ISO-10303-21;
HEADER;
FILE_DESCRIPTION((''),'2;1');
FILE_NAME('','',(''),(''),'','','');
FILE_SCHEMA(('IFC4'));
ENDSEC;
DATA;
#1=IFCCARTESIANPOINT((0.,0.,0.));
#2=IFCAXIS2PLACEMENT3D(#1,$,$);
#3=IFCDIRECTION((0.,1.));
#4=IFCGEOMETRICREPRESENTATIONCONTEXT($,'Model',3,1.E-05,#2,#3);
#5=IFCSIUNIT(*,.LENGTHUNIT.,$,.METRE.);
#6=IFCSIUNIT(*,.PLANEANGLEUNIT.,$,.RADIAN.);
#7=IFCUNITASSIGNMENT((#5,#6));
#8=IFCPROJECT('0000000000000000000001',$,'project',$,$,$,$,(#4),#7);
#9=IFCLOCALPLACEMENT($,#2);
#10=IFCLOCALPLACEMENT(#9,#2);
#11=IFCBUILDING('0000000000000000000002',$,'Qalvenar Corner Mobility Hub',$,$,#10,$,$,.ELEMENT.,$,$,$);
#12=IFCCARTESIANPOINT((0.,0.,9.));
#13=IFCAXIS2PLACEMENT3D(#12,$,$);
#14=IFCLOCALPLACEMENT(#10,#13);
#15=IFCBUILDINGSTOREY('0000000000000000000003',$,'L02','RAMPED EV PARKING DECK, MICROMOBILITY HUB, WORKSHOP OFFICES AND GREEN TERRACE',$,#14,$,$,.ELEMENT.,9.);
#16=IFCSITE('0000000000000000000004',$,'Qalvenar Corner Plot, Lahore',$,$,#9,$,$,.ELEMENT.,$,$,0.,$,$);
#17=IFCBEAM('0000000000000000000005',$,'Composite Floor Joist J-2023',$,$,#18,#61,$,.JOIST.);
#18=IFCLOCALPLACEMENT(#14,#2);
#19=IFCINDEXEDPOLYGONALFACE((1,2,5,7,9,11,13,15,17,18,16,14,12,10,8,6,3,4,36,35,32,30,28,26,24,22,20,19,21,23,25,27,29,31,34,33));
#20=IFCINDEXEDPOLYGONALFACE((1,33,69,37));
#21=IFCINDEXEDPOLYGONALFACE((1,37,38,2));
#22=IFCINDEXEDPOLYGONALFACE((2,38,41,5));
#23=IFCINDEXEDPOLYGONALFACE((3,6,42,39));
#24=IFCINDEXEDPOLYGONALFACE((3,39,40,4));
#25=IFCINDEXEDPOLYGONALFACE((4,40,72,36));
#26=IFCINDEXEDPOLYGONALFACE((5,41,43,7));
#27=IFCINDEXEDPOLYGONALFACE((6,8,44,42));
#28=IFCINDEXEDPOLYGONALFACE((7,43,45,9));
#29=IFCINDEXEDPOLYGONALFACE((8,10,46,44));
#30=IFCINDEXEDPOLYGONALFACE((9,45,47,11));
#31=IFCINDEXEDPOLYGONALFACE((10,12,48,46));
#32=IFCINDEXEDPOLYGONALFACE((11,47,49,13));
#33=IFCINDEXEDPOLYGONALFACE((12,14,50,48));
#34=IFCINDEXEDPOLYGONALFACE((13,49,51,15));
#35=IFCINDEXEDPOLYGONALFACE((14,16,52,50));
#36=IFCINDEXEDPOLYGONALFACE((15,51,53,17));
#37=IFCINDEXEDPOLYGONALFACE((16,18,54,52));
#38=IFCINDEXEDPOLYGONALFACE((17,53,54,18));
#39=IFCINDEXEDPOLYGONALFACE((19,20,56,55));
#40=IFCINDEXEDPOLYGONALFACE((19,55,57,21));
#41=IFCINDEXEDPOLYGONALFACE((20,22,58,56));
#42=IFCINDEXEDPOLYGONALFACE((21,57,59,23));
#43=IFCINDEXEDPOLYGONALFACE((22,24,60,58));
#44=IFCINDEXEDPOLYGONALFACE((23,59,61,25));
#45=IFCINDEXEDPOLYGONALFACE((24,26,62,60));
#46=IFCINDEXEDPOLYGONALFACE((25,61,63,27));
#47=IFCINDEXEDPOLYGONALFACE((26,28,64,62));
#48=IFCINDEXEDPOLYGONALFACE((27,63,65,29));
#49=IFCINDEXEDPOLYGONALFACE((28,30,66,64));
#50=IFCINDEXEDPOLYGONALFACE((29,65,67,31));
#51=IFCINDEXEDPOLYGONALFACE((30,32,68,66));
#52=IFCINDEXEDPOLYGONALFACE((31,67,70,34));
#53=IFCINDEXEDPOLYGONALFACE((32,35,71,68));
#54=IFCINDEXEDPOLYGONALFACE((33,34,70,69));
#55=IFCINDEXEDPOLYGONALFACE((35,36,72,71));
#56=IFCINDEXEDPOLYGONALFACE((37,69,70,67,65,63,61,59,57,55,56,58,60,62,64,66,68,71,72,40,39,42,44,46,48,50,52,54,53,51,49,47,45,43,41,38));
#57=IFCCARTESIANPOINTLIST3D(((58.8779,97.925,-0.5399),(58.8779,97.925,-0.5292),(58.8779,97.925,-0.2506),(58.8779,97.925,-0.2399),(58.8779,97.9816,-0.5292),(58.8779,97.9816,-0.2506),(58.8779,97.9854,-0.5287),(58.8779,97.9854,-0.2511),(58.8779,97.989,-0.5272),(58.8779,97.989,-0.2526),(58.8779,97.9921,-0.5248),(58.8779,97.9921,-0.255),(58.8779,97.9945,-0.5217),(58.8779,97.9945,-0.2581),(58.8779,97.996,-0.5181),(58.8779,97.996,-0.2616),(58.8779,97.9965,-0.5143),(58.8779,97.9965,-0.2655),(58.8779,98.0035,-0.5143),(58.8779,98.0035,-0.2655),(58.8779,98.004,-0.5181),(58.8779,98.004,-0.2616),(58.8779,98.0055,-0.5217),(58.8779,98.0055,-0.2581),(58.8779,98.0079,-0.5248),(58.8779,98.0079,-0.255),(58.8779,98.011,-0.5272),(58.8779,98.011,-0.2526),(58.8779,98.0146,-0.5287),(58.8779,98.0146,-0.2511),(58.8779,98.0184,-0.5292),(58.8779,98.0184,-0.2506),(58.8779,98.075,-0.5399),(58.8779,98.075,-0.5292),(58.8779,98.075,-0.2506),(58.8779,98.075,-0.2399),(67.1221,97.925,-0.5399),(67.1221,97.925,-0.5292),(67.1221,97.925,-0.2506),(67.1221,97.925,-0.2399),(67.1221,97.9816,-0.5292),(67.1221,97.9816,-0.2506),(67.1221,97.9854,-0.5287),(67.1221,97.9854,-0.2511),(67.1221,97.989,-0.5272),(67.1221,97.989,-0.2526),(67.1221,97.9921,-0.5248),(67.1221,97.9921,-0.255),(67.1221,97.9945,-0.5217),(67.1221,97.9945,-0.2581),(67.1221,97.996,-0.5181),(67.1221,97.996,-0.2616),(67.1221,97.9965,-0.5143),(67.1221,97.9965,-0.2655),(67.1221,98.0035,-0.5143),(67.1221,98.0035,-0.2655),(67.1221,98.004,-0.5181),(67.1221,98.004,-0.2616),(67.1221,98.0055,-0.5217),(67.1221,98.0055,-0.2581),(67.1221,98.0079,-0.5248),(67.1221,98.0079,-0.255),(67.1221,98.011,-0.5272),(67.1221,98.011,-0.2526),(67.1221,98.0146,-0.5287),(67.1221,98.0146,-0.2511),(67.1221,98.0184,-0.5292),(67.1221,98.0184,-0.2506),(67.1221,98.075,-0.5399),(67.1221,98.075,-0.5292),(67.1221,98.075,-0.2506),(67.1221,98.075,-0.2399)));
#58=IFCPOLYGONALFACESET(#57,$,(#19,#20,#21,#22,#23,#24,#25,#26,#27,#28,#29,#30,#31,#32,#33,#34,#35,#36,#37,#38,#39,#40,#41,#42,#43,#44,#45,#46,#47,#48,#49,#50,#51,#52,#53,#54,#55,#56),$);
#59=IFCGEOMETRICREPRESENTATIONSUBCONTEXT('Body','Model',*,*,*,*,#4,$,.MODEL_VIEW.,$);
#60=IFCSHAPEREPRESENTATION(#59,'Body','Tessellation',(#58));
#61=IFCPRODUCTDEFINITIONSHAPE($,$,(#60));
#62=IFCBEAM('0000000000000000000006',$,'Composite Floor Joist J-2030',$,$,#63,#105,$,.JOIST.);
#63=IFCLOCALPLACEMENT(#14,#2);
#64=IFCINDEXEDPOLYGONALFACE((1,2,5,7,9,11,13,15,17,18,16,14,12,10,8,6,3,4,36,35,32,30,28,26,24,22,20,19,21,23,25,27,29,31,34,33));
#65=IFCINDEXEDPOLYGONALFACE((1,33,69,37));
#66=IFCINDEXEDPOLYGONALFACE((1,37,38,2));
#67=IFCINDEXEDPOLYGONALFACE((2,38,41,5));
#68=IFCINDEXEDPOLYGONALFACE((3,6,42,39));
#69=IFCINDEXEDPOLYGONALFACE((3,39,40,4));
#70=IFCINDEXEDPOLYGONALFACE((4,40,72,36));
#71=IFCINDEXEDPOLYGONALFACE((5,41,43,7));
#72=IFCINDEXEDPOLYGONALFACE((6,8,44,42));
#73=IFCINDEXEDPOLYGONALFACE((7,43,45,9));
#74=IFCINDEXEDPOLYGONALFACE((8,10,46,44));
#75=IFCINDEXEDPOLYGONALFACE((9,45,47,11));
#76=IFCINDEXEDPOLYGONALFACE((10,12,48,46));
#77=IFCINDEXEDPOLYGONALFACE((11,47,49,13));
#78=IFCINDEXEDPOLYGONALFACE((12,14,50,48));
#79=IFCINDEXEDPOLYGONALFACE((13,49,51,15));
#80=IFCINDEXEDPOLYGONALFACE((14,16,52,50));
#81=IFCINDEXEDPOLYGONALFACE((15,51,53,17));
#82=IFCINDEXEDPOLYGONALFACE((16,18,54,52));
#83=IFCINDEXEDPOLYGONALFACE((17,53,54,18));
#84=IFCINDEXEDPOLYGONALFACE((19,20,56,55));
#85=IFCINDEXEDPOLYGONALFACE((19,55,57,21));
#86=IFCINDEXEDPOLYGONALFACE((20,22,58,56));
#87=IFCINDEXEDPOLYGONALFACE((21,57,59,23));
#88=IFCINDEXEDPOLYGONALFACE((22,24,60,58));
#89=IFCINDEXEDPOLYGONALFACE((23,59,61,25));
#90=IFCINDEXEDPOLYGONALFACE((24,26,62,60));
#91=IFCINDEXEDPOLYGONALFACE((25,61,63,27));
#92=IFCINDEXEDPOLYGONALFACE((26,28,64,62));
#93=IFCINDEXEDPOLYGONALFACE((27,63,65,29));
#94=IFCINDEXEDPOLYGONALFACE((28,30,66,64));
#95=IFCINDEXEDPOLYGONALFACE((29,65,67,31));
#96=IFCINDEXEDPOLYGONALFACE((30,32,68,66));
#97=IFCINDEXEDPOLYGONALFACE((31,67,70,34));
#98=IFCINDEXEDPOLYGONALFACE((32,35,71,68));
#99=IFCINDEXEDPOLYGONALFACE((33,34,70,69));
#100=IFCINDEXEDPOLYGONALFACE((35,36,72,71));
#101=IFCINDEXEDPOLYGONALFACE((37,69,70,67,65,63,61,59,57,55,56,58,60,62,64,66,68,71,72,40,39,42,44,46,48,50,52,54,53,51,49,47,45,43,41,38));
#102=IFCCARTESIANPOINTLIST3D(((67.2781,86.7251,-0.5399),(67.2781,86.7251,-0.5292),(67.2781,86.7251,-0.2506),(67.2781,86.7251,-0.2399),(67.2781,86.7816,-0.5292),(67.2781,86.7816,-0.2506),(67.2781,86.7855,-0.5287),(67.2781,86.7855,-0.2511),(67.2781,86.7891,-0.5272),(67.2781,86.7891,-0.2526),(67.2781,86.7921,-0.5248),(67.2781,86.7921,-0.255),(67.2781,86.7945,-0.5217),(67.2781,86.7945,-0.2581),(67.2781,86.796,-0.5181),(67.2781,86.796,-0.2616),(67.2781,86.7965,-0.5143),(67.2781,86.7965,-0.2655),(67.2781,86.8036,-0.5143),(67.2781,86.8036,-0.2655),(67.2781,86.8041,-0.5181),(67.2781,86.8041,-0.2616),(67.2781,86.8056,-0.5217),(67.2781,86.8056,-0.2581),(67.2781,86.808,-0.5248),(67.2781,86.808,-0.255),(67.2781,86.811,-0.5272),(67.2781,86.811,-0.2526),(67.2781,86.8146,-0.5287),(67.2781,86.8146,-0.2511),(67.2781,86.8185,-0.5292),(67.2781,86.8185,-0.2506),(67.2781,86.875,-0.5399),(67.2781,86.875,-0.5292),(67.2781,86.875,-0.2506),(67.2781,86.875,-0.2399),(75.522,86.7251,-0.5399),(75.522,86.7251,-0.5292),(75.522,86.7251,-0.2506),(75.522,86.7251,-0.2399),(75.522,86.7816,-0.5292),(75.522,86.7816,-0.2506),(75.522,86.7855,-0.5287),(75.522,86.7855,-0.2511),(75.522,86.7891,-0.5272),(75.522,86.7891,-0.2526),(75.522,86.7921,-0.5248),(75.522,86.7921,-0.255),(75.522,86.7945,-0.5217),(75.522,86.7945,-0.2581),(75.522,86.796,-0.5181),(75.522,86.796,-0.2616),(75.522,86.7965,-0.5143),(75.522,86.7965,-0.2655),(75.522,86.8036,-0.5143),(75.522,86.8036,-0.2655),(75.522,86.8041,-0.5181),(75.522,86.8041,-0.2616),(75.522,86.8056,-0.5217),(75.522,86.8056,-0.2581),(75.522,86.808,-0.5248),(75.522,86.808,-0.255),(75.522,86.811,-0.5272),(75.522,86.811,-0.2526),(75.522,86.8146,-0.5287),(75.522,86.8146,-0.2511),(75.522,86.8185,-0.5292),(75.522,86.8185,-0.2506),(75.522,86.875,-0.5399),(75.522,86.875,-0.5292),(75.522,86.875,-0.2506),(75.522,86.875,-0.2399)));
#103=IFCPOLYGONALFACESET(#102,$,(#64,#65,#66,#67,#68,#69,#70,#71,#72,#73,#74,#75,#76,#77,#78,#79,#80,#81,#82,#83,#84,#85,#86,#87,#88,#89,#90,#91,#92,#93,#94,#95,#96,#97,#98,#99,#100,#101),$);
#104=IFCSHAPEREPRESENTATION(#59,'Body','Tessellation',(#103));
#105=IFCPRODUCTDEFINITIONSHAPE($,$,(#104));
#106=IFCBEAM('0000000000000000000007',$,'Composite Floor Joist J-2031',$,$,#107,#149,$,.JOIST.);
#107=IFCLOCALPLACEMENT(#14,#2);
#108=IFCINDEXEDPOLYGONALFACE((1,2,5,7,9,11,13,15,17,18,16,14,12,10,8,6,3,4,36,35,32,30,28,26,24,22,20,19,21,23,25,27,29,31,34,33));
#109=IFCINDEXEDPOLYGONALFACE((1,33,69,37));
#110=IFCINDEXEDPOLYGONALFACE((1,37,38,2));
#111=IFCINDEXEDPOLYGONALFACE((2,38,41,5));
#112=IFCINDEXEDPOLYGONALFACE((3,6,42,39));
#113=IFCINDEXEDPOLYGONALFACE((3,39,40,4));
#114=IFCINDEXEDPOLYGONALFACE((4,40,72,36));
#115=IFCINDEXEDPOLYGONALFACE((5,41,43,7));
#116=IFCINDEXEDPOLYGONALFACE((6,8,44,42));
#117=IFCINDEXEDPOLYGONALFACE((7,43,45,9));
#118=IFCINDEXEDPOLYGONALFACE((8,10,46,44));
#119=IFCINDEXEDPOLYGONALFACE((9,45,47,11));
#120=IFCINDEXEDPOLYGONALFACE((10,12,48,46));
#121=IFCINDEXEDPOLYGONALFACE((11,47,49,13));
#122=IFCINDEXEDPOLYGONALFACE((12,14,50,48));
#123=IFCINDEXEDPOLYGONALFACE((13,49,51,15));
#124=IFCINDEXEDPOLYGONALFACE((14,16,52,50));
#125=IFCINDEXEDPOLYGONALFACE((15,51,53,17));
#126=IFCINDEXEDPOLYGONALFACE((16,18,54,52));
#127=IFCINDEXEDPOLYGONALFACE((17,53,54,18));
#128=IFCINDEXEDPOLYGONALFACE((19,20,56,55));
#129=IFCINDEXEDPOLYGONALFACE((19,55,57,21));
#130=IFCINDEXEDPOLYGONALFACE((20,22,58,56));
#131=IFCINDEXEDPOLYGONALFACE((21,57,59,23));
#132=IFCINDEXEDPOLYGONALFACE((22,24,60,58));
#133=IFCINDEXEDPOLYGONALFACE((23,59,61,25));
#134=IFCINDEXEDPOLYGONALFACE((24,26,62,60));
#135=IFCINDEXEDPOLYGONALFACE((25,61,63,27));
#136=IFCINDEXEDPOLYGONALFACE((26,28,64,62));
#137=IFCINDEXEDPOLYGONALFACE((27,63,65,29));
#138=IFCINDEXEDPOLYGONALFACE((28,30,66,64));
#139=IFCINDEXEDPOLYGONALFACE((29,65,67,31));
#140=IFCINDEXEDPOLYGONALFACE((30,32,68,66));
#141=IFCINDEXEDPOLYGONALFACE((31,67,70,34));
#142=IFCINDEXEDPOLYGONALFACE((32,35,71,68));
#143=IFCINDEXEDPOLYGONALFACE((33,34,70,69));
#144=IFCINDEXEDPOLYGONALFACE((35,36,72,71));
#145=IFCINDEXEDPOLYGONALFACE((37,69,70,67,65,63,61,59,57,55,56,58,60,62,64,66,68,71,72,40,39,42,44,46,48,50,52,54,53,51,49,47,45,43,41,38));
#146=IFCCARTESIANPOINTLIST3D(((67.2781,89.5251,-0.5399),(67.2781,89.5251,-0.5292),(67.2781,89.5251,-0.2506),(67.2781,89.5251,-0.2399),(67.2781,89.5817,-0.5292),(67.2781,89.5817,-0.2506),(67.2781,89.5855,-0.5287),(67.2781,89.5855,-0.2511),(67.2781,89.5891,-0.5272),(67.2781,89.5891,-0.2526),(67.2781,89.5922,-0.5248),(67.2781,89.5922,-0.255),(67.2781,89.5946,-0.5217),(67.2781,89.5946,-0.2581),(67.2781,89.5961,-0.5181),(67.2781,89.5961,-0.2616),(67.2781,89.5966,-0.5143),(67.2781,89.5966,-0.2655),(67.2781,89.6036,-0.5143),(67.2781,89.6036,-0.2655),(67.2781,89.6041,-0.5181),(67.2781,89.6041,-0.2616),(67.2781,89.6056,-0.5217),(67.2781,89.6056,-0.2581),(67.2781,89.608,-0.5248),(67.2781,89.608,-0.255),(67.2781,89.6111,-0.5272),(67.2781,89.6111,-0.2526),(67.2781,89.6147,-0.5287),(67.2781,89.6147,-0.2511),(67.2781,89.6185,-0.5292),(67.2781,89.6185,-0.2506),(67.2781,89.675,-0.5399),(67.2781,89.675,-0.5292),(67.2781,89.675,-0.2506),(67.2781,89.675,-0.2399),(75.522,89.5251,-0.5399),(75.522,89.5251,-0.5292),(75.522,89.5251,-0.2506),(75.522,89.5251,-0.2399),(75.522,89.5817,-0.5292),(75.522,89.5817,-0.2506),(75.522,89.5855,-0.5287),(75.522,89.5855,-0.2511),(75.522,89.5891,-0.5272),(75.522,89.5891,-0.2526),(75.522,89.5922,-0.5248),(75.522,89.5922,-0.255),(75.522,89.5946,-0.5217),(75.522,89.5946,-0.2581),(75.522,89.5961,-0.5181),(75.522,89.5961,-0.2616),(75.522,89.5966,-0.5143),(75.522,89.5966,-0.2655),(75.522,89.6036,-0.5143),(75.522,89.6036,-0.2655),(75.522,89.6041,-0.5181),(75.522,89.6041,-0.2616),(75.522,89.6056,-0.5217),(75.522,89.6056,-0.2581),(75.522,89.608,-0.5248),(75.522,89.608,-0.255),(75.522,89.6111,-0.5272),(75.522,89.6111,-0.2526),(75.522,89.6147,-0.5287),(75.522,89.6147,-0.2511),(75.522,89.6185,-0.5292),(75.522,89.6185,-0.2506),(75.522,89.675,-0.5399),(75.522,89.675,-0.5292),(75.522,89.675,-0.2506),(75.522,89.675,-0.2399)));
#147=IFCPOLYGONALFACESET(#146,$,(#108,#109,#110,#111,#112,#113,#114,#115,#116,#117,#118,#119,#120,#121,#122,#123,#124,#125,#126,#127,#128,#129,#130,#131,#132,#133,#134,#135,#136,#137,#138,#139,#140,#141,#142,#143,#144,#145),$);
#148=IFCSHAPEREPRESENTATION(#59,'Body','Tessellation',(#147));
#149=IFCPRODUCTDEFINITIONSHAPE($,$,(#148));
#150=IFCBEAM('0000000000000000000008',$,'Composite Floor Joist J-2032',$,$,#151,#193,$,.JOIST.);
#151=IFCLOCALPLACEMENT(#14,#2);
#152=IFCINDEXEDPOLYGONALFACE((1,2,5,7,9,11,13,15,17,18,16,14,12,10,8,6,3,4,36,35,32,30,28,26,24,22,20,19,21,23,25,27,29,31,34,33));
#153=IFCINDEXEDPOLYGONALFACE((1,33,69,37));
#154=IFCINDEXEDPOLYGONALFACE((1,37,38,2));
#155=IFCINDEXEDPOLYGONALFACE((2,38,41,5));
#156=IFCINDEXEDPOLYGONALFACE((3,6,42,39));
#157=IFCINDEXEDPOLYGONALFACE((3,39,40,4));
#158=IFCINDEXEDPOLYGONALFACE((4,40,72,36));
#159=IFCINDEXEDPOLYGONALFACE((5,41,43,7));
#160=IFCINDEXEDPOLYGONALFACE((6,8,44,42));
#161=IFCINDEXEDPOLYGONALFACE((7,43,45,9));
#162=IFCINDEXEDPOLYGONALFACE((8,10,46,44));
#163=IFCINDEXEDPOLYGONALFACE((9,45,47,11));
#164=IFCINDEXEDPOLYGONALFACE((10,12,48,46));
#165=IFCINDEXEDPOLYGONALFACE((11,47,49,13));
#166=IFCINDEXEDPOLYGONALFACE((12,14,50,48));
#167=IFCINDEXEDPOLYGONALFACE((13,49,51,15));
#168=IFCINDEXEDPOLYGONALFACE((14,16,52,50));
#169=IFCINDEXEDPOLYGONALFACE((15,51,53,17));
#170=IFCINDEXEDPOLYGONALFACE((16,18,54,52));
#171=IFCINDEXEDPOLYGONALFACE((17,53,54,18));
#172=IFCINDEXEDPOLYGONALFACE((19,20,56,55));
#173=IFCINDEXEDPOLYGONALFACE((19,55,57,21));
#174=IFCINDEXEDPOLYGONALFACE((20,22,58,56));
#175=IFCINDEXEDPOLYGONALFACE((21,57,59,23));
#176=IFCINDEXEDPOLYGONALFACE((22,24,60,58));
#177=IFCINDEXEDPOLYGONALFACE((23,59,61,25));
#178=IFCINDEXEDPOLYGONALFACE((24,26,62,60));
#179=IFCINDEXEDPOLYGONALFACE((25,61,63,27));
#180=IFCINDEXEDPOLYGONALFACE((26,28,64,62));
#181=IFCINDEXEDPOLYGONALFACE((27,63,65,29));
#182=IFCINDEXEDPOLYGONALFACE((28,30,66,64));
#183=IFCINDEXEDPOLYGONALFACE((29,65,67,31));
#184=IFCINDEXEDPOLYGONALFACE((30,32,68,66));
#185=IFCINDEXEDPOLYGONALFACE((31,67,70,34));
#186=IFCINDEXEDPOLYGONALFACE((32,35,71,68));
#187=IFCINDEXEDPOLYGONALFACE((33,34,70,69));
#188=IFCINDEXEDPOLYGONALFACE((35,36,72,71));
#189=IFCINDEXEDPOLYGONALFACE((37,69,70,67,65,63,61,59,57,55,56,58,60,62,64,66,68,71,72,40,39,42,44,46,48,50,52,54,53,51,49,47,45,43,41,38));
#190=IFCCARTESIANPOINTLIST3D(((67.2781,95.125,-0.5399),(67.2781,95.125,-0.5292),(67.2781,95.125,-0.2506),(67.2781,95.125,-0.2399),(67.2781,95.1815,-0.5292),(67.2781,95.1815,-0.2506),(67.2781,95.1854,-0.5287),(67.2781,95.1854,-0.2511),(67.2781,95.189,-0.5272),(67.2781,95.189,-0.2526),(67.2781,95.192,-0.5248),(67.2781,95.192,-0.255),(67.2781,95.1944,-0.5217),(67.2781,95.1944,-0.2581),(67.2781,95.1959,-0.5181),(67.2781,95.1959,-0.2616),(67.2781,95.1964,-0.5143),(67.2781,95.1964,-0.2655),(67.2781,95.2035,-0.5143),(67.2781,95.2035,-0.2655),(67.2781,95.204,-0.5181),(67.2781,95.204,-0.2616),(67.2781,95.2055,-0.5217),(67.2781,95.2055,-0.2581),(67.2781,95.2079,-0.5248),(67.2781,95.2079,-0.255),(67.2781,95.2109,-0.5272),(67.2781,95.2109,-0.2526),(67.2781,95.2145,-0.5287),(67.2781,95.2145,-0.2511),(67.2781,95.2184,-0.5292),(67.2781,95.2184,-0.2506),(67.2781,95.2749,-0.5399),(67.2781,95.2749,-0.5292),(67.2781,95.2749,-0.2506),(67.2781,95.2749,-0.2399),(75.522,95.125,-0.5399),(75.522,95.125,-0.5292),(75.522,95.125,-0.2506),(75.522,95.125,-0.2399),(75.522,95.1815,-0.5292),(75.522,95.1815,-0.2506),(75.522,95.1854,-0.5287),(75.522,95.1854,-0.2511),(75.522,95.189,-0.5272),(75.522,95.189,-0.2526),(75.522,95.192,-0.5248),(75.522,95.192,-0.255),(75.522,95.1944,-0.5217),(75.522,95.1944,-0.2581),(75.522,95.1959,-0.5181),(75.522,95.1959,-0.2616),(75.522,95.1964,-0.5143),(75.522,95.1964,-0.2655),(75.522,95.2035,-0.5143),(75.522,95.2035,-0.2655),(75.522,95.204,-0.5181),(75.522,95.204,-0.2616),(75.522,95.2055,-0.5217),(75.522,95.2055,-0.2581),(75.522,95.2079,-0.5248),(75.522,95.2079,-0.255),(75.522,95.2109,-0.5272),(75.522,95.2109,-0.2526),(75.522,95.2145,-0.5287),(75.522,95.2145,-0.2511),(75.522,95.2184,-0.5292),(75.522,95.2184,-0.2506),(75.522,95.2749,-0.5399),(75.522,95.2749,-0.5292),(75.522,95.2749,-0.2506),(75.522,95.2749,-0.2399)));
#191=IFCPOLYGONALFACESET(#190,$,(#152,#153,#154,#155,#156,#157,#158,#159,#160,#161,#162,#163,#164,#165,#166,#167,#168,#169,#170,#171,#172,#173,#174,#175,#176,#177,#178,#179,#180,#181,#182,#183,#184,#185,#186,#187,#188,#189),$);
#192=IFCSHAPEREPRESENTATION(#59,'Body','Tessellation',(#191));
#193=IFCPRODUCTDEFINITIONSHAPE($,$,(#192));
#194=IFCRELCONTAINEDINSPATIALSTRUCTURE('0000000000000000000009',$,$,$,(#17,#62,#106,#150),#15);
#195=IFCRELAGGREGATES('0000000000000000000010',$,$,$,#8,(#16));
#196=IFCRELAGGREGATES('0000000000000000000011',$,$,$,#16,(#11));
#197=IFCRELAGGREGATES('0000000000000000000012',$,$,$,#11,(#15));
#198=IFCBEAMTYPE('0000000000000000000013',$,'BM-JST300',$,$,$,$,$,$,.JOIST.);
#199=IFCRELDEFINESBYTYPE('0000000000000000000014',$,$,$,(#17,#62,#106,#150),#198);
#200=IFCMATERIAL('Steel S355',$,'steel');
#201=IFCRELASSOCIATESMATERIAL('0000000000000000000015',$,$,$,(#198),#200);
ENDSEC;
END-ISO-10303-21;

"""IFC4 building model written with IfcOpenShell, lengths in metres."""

from ifc_helpers import new_model, si_unit, direction, frame, origin, origin_2d, place, context, subcontext, project, spatial, i_section, extrude, material, material_profile, profile_set, type_object, element, save


model = new_model("IFC4")

# Units and contexts
model_context = context("Model", 3, precision=1e-05, world=origin(), true_north=direction((0.0, 1.0)))
body_context = subcontext(model_context, "Body", "Model", "MODEL_VIEW")
ifc_project = project(units=[si_unit("LENGTHUNIT", "METRE"), si_unit("PLANEANGLEUNIT", "RADIAN")], contexts=[model_context])

# Site, building, storey
site_placement = place(None, origin())
site = spatial("IfcSite", under=ifc_project, at=site_placement, Name="Qalvenar Corner Plot, Lahore", CompositionType="ELEMENT", RefElevation=0.0)
building_placement = place(site_placement, origin())
building = spatial("IfcBuilding", under=site, at=building_placement, Name="Qalvenar Corner Mobility Hub", CompositionType="ELEMENT")
storey_placement = place(building_placement, frame((0.0, 0.0, 9.0)))
storey = spatial("IfcBuildingStorey", under=building, at=storey_placement, Name="L02", Description="RAMPED EV PARKING DECK, MICROMOBILITY HUB, WORKSHOP OFFICES AND GREEN TERRACE", CompositionType="ELEMENT", Elevation=9.0)

# Shared definitions
ifc_material_1 = material(Name="Steel S355", Category="steel")

# Beams
ifc_material_profile_1 = material_profile(ifc_material_1, i_section(OverallWidth=0.1499, OverallDepth=0.3, WebThickness=0.0071, FlangeThickness=0.0107, FilletRadius=0.0149, at=origin_2d()), Name="IPE300")
ifc_profile_set_1 = profile_set([ifc_material_profile_1], Name="Steel S355")
beam_type_1 = type_object("IfcBeamType", Name="BM-JST300", PredefinedType="JOIST", material=ifc_profile_set_1)
for number, where, z_axis, x_axis, name in (
    (1, (58.8779, 98.0, -0.3899), (1.0, 0.0, 0.0), (0.0, 1.0, 0.0), "Composite Floor Joist J-2023"),
):
    element("IfcBeam", number, at=place(storey_placement, frame(where, z_axis=z_axis, x_axis=x_axis)), inside=storey, type_object=beam_type_1, Name=name, PredefinedType="JOIST", context=body_context, shape_type="SweptSolid", body=[
        extrude(i_section(OverallWidth=0.1499, OverallDepth=0.3, WebThickness=0.0071, FlangeThickness=0.0107, FilletRadius=0.0149, at=origin_2d()), origin(), (0.0, 0.0, 1.0), 8.2441),
    ])
for number, where, z_axis, x_axis, name in (
    (2, (67.2781, 86.8, -0.3899), (1.0, 0.0, 0.0), (0.0, 1.0, 0.0), "Composite Floor Joist J-2030"),
    (3, (67.2781, 89.6001, -0.3899), (1.0, 0.0, 0.0), (0.0, 1.0, 0.0), "Composite Floor Joist J-2031"),
    (4, (67.2781, 95.2, -0.3899), (1.0, 0.0, 0.0), (0.0, 1.0, 0.0), "Composite Floor Joist J-2032"),
):
    element("IfcBeam", number, at=place(storey_placement, frame(where, z_axis=z_axis, x_axis=x_axis)), inside=storey, type_object=beam_type_1, Name=name, PredefinedType="JOIST", context=body_context, shape_type="SweptSolid", body=[
        extrude(i_section(OverallWidth=0.1499, OverallDepth=0.3, WebThickness=0.0071, FlangeThickness=0.0107, FilletRadius=0.0149, at=origin_2d()), origin(), (0.0, 0.0, 1.0), 8.2439),
    ])

save(model, "model.ifc")
